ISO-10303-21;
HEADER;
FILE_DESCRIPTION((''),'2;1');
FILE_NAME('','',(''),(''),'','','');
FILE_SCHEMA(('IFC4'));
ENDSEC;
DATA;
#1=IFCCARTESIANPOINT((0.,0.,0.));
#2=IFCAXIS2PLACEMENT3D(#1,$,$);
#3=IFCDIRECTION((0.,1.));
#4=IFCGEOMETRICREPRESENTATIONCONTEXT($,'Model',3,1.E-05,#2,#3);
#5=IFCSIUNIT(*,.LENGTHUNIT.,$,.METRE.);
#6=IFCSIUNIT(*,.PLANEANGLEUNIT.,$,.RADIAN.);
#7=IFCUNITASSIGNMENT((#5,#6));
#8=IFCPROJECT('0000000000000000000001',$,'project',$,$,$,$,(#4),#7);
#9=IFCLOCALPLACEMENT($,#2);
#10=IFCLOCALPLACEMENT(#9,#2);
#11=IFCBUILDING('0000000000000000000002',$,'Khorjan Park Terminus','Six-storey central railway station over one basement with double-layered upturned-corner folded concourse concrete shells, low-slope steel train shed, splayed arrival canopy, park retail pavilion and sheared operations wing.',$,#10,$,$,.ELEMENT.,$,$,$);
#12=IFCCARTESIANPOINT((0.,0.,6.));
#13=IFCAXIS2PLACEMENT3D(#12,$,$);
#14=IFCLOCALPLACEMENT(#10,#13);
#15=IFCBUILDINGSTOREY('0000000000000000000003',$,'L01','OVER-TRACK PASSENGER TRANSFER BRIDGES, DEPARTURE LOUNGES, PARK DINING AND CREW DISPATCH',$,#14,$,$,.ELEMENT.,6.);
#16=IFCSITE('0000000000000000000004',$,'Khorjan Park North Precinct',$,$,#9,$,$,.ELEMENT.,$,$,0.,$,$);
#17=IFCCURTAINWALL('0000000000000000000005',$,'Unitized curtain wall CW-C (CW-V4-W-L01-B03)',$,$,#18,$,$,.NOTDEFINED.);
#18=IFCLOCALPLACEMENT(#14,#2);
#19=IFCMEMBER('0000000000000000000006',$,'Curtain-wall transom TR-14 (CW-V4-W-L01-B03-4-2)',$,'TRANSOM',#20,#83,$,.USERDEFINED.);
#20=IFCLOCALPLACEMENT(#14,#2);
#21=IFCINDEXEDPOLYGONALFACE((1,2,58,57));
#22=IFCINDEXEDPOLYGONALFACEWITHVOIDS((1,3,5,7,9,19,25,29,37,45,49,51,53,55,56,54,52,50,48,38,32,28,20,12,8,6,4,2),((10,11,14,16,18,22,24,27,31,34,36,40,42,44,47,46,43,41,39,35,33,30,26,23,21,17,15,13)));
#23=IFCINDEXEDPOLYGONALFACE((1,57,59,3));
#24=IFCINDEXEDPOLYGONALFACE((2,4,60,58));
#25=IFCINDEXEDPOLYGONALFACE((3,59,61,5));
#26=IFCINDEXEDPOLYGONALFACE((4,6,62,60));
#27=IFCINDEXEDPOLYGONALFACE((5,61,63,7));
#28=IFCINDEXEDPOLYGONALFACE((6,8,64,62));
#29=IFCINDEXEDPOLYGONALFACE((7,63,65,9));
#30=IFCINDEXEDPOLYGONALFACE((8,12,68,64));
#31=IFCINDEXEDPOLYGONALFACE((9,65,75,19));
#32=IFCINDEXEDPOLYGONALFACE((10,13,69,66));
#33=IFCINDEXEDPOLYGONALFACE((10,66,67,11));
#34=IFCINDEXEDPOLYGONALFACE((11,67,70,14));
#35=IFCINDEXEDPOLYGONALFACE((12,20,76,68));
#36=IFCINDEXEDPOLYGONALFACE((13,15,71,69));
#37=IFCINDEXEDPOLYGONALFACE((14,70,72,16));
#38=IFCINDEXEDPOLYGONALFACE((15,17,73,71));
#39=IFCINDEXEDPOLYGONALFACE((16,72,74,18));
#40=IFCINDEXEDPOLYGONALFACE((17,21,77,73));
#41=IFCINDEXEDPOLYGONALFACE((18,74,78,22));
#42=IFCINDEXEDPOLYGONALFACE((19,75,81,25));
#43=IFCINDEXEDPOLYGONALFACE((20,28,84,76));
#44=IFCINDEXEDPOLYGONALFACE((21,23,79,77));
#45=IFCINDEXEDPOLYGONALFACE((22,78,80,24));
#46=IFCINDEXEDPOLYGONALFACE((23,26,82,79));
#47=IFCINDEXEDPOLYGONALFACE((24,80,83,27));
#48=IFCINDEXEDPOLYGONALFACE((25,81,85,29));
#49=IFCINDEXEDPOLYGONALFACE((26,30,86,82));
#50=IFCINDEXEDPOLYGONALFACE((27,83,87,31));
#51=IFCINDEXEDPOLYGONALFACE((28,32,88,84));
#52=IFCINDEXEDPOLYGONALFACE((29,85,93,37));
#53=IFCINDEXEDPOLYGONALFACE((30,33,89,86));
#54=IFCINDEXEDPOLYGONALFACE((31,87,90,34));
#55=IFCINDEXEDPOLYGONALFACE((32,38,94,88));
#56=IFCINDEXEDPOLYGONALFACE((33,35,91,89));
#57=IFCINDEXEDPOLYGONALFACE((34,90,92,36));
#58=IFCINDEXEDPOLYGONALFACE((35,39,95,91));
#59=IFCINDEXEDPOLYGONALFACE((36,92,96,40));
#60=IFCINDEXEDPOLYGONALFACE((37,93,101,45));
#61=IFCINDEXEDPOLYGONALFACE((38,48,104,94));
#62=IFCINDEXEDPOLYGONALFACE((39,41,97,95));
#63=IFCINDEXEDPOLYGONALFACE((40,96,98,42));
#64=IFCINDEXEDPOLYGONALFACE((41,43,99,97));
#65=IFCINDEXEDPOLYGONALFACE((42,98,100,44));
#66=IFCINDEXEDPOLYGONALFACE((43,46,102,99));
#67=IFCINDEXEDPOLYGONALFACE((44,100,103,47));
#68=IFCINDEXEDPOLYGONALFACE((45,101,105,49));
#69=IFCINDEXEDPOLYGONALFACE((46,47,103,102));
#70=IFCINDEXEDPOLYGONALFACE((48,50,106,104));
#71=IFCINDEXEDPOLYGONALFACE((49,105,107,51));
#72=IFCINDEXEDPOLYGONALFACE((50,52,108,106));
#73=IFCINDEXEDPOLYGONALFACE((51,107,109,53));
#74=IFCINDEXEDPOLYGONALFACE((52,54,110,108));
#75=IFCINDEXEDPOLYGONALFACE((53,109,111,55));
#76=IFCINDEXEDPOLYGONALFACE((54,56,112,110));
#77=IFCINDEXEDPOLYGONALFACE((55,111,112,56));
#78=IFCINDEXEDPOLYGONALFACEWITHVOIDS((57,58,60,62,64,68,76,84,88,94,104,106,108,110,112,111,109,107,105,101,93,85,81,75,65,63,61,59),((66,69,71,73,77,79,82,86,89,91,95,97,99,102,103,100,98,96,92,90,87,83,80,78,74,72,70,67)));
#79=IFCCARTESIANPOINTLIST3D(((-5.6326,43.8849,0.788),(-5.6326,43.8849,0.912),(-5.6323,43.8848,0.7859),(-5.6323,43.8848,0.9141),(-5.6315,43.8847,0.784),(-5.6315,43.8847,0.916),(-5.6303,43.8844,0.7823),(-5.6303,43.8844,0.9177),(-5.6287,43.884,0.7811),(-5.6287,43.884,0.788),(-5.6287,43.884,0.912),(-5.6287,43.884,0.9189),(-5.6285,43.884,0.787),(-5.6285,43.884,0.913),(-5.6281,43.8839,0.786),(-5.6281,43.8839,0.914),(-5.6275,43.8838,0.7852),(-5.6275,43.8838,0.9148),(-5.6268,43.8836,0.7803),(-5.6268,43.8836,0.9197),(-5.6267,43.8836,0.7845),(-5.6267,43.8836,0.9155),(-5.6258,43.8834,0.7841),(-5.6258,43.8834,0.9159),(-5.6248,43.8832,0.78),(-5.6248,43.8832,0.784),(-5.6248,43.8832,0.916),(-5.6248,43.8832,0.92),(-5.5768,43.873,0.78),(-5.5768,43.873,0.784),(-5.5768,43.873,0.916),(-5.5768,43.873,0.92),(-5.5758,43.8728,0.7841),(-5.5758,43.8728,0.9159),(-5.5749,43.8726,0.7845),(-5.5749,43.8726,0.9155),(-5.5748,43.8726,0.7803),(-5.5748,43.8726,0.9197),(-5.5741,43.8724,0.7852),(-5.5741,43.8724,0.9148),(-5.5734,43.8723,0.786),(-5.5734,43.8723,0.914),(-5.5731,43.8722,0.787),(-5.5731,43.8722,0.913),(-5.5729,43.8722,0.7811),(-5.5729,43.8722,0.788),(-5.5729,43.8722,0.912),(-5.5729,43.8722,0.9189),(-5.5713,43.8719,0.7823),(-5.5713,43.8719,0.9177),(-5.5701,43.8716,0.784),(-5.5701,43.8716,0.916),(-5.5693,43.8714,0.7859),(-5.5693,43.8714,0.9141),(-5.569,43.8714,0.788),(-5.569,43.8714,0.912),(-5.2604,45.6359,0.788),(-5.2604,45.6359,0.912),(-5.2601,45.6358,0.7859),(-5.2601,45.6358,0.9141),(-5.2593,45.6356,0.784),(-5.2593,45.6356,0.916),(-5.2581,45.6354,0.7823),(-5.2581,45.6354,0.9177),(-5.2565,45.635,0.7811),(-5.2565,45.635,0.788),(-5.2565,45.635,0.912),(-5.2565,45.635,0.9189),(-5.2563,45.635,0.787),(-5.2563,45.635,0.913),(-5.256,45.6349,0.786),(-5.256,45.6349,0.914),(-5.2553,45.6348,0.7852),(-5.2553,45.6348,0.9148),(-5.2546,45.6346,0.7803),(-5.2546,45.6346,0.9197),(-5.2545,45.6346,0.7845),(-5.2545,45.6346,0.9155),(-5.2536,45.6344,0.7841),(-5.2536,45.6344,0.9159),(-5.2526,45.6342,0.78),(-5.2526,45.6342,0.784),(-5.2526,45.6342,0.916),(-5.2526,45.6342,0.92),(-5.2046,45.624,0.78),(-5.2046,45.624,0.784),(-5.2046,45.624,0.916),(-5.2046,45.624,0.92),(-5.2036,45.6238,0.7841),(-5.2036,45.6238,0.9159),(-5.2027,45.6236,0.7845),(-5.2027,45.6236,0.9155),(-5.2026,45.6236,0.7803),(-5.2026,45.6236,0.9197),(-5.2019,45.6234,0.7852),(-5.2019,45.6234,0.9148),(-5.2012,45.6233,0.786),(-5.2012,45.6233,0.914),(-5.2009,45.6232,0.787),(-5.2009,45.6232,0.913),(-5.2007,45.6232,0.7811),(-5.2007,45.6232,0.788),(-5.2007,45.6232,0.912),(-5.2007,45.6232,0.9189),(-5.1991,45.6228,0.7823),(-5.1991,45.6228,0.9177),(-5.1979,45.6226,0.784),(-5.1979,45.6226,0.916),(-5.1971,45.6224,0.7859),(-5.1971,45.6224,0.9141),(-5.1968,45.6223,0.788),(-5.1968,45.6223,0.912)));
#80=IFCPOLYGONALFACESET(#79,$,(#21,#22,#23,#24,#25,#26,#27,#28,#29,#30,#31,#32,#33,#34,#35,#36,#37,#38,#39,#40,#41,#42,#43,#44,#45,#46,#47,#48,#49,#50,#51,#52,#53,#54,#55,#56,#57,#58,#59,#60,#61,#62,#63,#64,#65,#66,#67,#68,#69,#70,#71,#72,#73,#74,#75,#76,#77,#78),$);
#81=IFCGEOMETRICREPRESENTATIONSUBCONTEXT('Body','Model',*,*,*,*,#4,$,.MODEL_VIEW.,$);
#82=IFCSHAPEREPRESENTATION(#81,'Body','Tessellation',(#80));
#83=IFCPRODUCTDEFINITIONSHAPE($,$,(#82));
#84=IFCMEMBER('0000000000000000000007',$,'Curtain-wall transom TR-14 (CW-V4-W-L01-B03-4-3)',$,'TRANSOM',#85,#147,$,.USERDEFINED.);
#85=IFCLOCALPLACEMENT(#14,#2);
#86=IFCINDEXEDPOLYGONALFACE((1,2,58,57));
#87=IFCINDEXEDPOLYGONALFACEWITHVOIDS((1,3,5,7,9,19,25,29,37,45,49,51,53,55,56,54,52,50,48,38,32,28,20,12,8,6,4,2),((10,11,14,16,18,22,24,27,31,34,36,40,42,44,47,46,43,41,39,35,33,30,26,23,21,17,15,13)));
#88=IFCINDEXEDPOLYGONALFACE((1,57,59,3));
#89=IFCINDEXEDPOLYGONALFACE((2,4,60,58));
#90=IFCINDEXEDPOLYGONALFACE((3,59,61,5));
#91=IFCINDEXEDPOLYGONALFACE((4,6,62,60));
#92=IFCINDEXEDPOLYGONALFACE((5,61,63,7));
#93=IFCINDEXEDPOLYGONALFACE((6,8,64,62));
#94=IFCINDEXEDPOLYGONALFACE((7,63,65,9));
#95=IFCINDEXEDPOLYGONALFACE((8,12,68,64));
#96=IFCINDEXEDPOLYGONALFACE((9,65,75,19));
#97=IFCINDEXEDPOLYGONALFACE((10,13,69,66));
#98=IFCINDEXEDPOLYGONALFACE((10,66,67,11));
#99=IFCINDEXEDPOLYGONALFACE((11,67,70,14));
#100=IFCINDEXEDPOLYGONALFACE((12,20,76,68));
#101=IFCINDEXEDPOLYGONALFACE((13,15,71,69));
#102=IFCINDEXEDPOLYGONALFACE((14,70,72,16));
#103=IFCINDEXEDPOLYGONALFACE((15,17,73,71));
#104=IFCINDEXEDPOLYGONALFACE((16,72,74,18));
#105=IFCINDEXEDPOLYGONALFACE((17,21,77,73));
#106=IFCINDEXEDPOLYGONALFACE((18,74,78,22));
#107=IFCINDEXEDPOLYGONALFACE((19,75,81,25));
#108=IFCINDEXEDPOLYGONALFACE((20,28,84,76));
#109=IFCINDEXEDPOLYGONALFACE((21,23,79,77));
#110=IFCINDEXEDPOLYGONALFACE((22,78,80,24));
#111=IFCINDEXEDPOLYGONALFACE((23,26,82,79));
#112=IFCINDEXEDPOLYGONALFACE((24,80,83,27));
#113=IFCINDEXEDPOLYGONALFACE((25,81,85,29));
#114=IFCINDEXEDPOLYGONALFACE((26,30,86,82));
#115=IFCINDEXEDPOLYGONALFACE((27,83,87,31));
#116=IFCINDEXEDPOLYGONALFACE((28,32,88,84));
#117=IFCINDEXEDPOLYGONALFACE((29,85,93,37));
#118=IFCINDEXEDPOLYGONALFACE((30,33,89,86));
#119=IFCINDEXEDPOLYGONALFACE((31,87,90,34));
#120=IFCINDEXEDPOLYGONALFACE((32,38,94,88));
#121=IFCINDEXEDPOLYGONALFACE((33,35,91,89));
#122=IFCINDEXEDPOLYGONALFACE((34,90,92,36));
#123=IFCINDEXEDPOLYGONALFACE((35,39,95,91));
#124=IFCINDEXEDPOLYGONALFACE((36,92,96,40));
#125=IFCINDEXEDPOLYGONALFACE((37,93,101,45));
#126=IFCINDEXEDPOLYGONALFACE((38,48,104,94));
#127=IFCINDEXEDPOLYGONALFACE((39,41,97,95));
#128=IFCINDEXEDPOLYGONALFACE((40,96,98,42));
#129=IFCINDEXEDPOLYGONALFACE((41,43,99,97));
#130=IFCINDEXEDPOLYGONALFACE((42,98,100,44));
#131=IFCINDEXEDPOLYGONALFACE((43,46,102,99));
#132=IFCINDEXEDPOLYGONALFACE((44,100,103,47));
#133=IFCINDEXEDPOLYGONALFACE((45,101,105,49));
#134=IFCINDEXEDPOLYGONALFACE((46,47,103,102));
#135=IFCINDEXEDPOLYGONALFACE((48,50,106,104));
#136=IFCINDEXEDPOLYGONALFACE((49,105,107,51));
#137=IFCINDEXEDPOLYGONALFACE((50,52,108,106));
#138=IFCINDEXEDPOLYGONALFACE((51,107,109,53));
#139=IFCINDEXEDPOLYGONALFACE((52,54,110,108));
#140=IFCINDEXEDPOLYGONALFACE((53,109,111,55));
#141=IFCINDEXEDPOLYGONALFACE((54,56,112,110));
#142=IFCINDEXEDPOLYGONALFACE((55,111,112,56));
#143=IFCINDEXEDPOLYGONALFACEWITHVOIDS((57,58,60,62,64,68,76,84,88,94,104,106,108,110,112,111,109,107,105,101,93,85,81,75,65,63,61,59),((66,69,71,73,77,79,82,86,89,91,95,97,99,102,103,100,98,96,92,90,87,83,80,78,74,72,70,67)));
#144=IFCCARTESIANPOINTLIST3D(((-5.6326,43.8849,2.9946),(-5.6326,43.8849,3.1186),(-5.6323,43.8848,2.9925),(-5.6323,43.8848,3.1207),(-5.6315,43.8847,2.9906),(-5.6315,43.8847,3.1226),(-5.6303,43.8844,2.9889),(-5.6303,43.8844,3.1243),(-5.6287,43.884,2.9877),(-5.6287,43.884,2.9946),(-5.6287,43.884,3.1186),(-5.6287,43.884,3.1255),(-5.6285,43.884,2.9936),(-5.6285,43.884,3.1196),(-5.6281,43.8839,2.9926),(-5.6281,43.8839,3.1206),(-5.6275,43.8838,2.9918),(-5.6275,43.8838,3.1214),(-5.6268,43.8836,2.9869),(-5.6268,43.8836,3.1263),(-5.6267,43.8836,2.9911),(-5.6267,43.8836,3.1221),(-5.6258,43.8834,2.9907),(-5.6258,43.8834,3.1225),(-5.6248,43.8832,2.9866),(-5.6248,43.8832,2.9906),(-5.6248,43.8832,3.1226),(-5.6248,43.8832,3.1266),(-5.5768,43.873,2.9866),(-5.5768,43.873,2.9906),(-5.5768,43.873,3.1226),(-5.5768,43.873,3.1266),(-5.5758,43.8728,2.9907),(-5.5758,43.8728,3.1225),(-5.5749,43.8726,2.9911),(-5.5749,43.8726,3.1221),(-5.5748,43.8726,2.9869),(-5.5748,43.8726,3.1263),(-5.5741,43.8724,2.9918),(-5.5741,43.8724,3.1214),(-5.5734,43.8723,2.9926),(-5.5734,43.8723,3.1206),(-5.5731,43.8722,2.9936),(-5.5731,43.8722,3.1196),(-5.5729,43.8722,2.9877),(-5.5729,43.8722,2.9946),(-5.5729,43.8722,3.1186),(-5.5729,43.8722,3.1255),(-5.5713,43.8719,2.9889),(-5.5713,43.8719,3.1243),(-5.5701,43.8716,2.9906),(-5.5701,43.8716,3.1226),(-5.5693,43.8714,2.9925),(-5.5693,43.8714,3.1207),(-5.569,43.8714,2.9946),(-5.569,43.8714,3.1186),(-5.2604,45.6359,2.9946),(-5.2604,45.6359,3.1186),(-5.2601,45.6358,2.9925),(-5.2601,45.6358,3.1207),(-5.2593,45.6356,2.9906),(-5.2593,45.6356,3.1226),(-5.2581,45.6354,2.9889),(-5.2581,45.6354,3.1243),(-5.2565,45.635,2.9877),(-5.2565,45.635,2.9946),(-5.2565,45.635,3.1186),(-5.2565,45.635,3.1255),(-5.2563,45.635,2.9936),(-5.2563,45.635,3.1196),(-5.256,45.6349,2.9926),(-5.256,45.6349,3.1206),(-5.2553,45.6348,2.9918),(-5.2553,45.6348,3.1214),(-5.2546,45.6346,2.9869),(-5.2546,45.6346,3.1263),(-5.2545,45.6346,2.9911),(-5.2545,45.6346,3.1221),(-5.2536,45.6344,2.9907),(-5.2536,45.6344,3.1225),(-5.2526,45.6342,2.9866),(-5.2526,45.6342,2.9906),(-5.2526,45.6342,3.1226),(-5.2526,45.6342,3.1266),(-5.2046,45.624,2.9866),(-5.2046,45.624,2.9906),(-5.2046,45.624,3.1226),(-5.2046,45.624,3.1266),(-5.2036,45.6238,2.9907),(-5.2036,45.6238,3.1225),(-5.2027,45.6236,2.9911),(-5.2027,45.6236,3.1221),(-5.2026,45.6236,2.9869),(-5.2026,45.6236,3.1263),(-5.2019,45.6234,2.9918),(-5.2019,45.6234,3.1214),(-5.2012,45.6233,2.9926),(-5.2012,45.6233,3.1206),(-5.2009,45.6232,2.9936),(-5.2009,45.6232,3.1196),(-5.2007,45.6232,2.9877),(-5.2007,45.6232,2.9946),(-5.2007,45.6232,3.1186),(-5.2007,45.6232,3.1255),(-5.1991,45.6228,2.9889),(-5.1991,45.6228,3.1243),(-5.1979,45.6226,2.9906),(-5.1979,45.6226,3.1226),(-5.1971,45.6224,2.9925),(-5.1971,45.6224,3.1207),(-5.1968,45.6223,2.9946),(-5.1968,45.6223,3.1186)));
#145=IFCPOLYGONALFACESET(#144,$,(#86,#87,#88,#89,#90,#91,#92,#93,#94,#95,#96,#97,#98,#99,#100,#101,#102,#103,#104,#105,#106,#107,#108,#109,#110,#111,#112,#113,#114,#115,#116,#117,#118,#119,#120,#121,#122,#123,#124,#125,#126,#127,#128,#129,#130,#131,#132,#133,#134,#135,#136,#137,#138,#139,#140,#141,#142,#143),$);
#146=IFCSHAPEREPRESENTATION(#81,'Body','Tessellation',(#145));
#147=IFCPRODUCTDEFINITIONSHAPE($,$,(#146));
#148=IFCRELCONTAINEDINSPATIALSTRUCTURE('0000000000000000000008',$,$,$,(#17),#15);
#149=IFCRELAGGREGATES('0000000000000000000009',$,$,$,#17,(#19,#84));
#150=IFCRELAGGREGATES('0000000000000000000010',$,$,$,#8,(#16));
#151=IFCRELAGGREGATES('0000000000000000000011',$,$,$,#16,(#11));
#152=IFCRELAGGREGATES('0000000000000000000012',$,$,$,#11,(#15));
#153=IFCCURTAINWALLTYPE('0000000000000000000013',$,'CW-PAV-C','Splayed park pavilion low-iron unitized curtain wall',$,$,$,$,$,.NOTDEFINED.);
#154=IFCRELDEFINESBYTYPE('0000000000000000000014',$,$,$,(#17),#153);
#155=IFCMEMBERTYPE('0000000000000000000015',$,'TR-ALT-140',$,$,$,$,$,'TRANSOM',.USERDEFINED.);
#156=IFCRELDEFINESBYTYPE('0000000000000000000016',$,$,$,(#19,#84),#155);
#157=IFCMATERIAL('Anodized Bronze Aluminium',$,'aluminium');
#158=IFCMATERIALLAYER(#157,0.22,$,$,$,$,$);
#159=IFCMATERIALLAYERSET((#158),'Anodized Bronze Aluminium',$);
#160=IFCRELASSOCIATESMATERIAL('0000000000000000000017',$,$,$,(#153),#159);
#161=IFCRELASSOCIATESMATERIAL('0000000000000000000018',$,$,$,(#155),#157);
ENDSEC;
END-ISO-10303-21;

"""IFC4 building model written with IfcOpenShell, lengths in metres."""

from ifc_helpers import new_model, si_unit, direction, frame, origin, origin_2d, place, context, subcontext, project, spatial, hollow_rectangle, extrude, material, layer, layer_set, material_profile, profile_set, type_object, element, aggregate, save


model = new_model("IFC4")

# Units and contexts
model_context = context("Model", 3, precision=1e-05, world=origin(), true_north=direction((0.0, 1.0)))
body_context = subcontext(model_context, "Body", "Model", "MODEL_VIEW")
ifc_project = project(units=[si_unit("LENGTHUNIT", "METRE"), si_unit("PLANEANGLEUNIT", "RADIAN")], contexts=[model_context])

# Site, building, storey
site_placement = place(None, origin())
site = spatial("IfcSite", under=ifc_project, at=site_placement, Name="Khorjan Park North Precinct", CompositionType="ELEMENT", RefElevation=0.0)
building_placement = place(site_placement, origin())
building = spatial("IfcBuilding", under=site, at=building_placement, Name="Khorjan Park Terminus", Description="Six-storey central railway station over one basement with double-layered upturned-corner folded concourse concrete shells, low-slope steel train shed, splayed arrival canopy, park retail pavilion and sheared operations wing.", CompositionType="ELEMENT")
storey_placement = place(building_placement, frame((0.0, 0.0, 6.0)))
storey = spatial("IfcBuildingStorey", under=building, at=storey_placement, Name="L01", Description="OVER-TRACK PASSENGER TRANSFER BRIDGES, DEPARTURE LOUNGES, PARK DINING AND CREW DISPATCH", CompositionType="ELEMENT", Elevation=6.0)

# Curtain wall, members
ifc_material_1 = material(Name="Anodized Bronze Aluminium", Category="aluminium")
ifc_layer_1 = layer(ifc_material_1, 0.22)
ifc_layer_set_1 = layer_set([ifc_layer_1], Name="Anodized Bronze Aluminium")
curtain_wall_type = type_object("IfcCurtainWallType", Name="CW-PAV-C", Description="Splayed park pavilion low-iron unitized curtain wall", PredefinedType="NOTDEFINED", material=ifc_layer_set_1)
curtain_wall_placement = place(storey_placement, origin())
curtain_wall = element("IfcCurtainWall", 1, at=curtain_wall_placement, inside=storey, type_object=curtain_wall_type, Name="Unitized curtain wall CW-C (CW-V4-W-L01-B03)", PredefinedType="NOTDEFINED")
ifc_material_profile_1 = material_profile(ifc_material_1, hollow_rectangle(XDim=0.065, YDim=0.14, WallThickness=0.004, InnerFilletRadius=0.004, OuterFilletRadius=0.008, at=origin_2d()), Name="ALT 65x140x4")
ifc_profile_set_1 = profile_set([ifc_material_profile_1], Name="Anodized Bronze Aluminium")
member_type_1 = type_object("IfcMemberType", Name="TR-ALT-140", ElementType="TRANSOM", PredefinedType="USERDEFINED", material=ifc_profile_set_1)
member_1_placement = place(storey_placement, frame((-5.2286, 45.6291, 0.85), z_axis=(-0.207919, -0.978146, 0.0), x_axis=(0.978146, -0.207919, 0.0)))
member_1 = element("IfcMember", 2, at=member_1_placement, type_object=member_type_1, Name="Curtain-wall transom TR-14 (CW-V4-W-L01-B03-4-2)", ObjectType="TRANSOM", PredefinedType="USERDEFINED", context=body_context, shape_type="SweptSolid", body=[
    extrude(hollow_rectangle(XDim=0.065, YDim=0.14, WallThickness=0.004, InnerFilletRadius=0.004, OuterFilletRadius=0.008, at=origin_2d()), origin(), (0.0, 0.0, 1.0), 1.7901),
])
member_2_placement = place(storey_placement, frame((-5.2286, 45.6291, 3.0566), z_axis=(-0.207919, -0.978146, 0.0), x_axis=(0.978146, -0.207919, 0.0)))
member_2 = element("IfcMember", 3, at=member_2_placement, type_object=member_type_1, Name="Curtain-wall transom TR-14 (CW-V4-W-L01-B03-4-3)", ObjectType="TRANSOM", PredefinedType="USERDEFINED", context=body_context, shape_type="SweptSolid", body=[
    extrude(hollow_rectangle(XDim=0.065, YDim=0.14, WallThickness=0.004, InnerFilletRadius=0.004, OuterFilletRadius=0.008, at=origin_2d()), origin(), (0.0, 0.0, 1.0), 1.7901),
])
aggregate(curtain_wall, [member_1, member_2])

save(model, "model.ifc")
